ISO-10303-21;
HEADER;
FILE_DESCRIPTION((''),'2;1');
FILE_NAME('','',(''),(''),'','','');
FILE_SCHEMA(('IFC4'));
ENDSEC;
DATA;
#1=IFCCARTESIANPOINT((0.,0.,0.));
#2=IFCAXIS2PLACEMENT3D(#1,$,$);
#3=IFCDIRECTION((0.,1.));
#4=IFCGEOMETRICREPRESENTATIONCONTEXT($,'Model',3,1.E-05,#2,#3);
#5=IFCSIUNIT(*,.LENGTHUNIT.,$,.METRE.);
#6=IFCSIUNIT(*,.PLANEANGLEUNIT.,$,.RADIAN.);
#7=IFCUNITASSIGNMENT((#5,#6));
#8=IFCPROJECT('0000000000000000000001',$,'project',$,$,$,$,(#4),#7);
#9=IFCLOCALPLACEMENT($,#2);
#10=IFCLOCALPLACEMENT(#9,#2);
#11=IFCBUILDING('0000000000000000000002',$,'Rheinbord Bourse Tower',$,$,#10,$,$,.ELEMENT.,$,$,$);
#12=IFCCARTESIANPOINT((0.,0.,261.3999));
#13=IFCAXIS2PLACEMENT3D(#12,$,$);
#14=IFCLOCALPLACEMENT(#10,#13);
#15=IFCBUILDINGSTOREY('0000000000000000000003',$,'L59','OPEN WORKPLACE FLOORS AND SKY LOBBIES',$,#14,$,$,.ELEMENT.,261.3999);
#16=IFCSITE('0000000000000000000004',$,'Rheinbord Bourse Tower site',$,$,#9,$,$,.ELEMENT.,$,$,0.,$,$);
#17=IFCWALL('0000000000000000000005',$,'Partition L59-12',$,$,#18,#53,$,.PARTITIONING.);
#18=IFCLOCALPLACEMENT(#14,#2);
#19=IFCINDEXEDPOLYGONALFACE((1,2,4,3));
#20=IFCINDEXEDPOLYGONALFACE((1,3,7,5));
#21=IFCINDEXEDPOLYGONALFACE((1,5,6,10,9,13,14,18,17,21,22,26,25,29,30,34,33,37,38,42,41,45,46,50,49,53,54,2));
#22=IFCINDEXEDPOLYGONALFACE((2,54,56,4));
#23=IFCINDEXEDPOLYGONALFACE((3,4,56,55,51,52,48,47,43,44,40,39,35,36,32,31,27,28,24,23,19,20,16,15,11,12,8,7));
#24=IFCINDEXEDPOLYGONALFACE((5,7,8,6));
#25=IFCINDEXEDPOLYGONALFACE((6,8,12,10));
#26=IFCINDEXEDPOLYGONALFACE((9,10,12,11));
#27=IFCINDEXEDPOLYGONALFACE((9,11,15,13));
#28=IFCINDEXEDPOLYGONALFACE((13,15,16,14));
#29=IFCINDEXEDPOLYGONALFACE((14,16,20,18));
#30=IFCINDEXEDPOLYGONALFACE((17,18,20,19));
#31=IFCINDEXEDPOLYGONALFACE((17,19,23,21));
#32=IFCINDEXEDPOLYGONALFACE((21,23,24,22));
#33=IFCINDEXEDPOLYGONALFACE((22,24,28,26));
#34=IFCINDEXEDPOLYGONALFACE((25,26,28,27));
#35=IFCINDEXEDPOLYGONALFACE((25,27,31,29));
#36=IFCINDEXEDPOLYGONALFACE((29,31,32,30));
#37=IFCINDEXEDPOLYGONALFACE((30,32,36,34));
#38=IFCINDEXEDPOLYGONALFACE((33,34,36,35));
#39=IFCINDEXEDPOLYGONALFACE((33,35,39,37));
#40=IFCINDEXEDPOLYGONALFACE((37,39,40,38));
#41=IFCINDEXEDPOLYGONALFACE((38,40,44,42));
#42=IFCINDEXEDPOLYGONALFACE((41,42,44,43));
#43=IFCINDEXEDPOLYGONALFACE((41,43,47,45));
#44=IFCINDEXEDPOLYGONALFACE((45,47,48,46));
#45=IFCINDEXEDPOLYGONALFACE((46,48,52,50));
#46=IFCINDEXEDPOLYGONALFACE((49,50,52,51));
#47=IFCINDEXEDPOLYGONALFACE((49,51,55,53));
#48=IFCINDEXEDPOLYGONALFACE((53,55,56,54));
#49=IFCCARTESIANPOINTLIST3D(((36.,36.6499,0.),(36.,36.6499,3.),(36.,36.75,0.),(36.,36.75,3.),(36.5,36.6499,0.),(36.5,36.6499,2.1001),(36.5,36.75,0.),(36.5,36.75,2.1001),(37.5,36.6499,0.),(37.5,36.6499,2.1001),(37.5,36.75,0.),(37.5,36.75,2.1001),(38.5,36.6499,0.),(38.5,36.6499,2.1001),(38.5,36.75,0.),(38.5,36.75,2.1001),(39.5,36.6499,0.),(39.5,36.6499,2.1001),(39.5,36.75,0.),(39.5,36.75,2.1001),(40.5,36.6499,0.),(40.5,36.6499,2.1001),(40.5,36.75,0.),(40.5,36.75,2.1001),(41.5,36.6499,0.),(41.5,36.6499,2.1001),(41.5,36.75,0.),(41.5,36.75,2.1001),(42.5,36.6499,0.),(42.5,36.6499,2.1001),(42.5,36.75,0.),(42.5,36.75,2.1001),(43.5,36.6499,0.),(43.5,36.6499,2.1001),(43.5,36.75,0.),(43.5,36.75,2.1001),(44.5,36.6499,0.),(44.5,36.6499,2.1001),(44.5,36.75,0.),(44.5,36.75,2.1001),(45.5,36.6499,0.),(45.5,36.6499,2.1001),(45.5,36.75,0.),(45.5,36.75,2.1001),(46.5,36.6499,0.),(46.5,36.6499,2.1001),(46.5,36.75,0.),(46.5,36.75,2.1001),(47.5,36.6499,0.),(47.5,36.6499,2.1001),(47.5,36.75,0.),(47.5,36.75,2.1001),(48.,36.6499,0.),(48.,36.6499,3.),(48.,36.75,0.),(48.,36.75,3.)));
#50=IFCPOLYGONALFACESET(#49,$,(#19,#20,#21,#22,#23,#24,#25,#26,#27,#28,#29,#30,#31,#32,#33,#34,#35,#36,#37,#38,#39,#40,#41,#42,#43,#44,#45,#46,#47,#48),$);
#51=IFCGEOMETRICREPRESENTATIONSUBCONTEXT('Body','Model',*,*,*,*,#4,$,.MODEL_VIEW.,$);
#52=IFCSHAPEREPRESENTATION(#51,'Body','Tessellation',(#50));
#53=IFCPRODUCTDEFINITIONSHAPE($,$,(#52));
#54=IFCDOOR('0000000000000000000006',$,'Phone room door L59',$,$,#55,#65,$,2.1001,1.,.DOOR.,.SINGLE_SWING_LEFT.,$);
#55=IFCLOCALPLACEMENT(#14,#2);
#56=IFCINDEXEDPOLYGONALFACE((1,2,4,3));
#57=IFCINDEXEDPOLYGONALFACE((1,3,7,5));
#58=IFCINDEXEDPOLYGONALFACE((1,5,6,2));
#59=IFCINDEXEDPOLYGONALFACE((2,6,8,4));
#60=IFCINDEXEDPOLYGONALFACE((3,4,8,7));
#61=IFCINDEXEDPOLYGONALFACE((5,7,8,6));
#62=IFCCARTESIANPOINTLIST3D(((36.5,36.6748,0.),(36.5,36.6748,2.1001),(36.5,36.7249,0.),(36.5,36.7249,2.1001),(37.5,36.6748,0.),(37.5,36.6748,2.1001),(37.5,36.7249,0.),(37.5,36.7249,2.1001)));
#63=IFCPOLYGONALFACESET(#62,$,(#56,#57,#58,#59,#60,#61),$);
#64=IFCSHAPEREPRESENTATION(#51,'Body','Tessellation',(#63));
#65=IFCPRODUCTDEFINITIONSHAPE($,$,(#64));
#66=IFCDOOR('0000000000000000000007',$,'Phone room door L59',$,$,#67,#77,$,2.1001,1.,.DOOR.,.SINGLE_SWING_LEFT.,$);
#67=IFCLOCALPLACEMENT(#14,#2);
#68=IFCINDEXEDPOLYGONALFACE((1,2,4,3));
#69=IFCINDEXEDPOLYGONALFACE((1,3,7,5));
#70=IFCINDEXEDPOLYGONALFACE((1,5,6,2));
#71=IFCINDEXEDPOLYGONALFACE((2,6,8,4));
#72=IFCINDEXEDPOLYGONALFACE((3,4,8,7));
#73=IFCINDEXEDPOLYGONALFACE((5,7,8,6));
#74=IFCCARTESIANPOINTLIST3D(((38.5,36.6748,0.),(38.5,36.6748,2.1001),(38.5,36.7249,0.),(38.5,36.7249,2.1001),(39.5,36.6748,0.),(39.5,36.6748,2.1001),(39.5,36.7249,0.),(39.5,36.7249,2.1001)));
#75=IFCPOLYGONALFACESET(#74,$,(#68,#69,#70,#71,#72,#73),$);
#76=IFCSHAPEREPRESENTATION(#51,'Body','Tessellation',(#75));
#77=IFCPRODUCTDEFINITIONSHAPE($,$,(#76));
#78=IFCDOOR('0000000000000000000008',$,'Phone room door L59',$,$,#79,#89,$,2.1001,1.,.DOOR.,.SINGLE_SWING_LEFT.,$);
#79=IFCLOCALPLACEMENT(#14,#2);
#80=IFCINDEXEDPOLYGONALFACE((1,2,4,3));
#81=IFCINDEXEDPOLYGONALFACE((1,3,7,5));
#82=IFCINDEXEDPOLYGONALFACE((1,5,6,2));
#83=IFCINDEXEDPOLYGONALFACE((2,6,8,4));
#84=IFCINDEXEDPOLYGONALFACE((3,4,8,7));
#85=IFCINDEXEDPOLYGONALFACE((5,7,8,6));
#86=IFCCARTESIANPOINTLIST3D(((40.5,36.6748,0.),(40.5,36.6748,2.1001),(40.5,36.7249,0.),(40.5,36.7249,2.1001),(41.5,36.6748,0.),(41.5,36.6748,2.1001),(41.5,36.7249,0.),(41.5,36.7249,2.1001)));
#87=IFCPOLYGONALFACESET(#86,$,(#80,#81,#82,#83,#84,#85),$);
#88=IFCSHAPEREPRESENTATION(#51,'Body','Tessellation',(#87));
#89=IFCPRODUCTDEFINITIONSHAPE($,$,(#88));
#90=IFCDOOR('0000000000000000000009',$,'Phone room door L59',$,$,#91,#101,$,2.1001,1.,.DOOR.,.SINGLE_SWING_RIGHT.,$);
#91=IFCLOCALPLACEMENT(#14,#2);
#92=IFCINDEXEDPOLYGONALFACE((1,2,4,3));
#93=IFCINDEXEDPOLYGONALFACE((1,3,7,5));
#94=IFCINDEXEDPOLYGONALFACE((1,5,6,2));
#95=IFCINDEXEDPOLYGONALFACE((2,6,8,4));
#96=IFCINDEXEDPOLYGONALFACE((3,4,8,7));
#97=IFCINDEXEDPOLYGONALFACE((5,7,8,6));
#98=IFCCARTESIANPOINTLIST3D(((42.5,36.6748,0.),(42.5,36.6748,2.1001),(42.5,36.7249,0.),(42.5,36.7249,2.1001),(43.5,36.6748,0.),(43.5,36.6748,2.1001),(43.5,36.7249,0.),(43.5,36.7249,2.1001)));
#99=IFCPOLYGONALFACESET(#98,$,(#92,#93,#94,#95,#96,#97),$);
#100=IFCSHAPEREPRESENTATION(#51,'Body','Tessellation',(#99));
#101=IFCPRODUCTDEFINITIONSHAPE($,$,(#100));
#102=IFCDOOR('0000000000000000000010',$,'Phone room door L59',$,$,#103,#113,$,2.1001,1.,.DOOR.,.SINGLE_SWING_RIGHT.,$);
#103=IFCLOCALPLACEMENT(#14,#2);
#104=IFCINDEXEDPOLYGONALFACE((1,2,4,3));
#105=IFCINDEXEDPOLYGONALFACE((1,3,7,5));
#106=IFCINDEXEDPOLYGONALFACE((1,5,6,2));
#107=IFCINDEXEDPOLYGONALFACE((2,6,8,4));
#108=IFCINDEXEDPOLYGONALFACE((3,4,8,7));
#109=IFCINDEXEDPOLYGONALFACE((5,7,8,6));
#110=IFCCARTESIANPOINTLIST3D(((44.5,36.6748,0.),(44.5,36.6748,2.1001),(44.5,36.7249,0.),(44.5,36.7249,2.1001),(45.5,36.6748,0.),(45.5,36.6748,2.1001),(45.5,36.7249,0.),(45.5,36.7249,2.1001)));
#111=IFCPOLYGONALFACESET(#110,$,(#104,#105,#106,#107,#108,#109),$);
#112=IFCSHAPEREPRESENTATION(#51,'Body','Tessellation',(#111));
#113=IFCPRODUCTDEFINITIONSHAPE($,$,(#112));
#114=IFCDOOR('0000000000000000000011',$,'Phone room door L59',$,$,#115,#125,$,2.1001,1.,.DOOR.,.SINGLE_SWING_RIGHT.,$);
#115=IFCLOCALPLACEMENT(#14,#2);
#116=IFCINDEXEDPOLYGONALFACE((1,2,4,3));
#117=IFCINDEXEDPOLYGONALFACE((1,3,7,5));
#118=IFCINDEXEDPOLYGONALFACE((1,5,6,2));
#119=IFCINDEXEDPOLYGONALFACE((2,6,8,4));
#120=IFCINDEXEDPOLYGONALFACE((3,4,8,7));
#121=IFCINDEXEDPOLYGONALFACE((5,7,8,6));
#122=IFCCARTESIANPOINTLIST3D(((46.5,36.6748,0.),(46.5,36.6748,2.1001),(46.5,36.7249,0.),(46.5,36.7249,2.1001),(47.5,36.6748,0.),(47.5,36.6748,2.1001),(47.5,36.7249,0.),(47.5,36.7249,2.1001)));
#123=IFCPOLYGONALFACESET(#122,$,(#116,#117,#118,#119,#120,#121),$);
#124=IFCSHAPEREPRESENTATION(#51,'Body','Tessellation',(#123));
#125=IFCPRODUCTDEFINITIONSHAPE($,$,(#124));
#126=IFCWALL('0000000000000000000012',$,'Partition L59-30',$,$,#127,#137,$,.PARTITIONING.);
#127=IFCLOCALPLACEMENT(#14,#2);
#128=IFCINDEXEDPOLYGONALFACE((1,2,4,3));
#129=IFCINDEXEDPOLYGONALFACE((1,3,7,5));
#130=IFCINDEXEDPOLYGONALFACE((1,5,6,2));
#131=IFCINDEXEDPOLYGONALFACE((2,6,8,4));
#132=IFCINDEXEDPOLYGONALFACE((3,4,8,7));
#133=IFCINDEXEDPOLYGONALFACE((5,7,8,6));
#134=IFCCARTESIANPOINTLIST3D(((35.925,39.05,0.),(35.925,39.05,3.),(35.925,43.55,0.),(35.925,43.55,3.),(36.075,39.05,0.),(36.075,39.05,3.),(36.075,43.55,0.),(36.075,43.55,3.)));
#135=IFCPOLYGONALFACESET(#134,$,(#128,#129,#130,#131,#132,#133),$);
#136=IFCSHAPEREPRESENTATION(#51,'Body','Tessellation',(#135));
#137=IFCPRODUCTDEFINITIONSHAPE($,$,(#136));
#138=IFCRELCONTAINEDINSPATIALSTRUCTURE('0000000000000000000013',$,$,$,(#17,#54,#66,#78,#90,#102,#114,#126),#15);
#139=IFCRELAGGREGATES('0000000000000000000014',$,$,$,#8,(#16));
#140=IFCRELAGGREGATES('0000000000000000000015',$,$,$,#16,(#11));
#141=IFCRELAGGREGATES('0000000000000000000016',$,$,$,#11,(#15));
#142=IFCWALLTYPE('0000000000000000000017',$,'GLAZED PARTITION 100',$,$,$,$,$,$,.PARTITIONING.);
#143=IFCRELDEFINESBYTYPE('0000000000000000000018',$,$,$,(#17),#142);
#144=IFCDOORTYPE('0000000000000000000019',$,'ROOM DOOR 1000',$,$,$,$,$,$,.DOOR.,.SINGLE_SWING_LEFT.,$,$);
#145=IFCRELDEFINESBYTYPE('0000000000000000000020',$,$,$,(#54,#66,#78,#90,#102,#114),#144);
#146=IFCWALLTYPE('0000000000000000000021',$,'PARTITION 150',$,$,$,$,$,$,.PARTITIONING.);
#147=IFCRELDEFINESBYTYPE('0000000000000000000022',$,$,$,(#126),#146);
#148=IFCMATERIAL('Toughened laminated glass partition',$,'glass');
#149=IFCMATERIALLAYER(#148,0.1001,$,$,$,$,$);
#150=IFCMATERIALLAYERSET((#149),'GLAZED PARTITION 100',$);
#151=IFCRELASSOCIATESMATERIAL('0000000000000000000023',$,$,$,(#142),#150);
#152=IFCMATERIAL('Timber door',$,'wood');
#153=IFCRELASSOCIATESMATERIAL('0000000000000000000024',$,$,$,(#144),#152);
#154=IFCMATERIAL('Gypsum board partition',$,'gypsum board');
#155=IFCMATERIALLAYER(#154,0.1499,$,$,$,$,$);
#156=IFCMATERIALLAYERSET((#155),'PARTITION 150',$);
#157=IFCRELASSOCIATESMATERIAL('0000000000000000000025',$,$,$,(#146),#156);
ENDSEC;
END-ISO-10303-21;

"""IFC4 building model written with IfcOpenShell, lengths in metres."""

from ifc_helpers import new_model, si_unit, direction, frame, frame_2d, origin, place, context, subcontext, project, spatial, rectangle, extrude, material, layer, layer_set, type_object, element, fill, save


model = new_model("IFC4")

# Units and contexts
model_context = context("Model", 3, precision=1e-05, world=origin(), true_north=direction((0.0, 1.0)))
body_context = subcontext(model_context, "Body", "Model", "MODEL_VIEW")
ifc_project = project(units=[si_unit("LENGTHUNIT", "METRE"), si_unit("PLANEANGLEUNIT", "RADIAN")], contexts=[model_context])

# Site, building, storey
site_placement = place(None, origin())
site = spatial("IfcSite", under=ifc_project, at=site_placement, Name="Rheinbord Bourse Tower site", CompositionType="ELEMENT", RefElevation=0.0)
building_placement = place(site_placement, origin())
building = spatial("IfcBuilding", under=site, at=building_placement, Name="Rheinbord Bourse Tower", CompositionType="ELEMENT")
storey_placement = place(building_placement, frame((0.0, 0.0, 261.3999)))
storey = spatial("IfcBuildingStorey", under=building, at=storey_placement, Name="L59", Description="OPEN WORKPLACE FLOORS AND SKY LOBBIES", CompositionType="ELEMENT", Elevation=261.3999)

# Wall, openings, doors
ifc_material_1 = material(Name="Toughened laminated glass partition", Category="glass")
ifc_layer_1 = layer(ifc_material_1, 0.1001)
ifc_layer_set_1 = layer_set([ifc_layer_1], Name="GLAZED PARTITION 100")
wall_type_1 = type_object("IfcWallType", Name="GLAZED PARTITION 100", PredefinedType="PARTITIONING", material=ifc_layer_set_1)
wall_1_placement = place(storey_placement, frame((36.0, 36.7, 0.0), z_axis=(0.0, 0.0, 1.0), x_axis=(1.0, 0.0, 0.0)))
wall_1 = element("IfcWall", 1, at=wall_1_placement, inside=storey, type_object=wall_type_1, Name="Partition L59-12", PredefinedType="PARTITIONING", context=body_context, shape_type="SweptSolid", body=[
    extrude(rectangle(XDim=12.0, YDim=0.1001, at=frame_2d((6.0, 0.0))), origin(), (0.0, 0.0, 1.0), 3.0),
])
opening_1_placement = place(wall_1_placement, frame((0.5, 0.0, 0.0)))
opening_1 = element("IfcOpeningElement", 2, at=opening_1_placement, cuts=wall_1, PredefinedType="OPENING", context=body_context, shape_type="SweptSolid", body=[
    extrude(rectangle(XDim=1.0, YDim=2.1001, at=frame_2d((0.5, 1.05))), frame((0.0, 0.0601, 0.0), z_axis=(0.0, -1.0, 0.0), x_axis=(1.0, 0.0, 0.0)), (0.0, 0.0, 1.0), 0.1201),
])
opening_2_placement = place(wall_1_placement, frame((2.5, 0.0, 0.0)))
opening_2 = element("IfcOpeningElement", 3, at=opening_2_placement, cuts=wall_1, PredefinedType="OPENING", context=body_context, shape_type="SweptSolid", body=[
    extrude(rectangle(XDim=1.0, YDim=2.1001, at=frame_2d((0.5, 1.05))), frame((0.0, 0.0601, 0.0), z_axis=(0.0, -1.0, 0.0), x_axis=(1.0, 0.0, 0.0)), (0.0, 0.0, 1.0), 0.1201),
])
opening_3_placement = place(wall_1_placement, frame((4.5, 0.0, 0.0)))
opening_3 = element("IfcOpeningElement", 4, at=opening_3_placement, cuts=wall_1, PredefinedType="OPENING", context=body_context, shape_type="SweptSolid", body=[
    extrude(rectangle(XDim=1.0, YDim=2.1001, at=frame_2d((0.5, 1.05))), frame((0.0, 0.0601, 0.0), z_axis=(0.0, -1.0, 0.0), x_axis=(1.0, 0.0, 0.0)), (0.0, 0.0, 1.0), 0.1201),
])
opening_4_placement = place(wall_1_placement, frame((6.5, 0.0, 0.0)))
opening_4 = element("IfcOpeningElement", 5, at=opening_4_placement, cuts=wall_1, PredefinedType="OPENING", context=body_context, shape_type="SweptSolid", body=[
    extrude(rectangle(XDim=1.0, YDim=2.1001, at=frame_2d((0.5, 1.05))), frame((0.0, 0.0601, 0.0), z_axis=(0.0, -1.0, 0.0), x_axis=(1.0, 0.0, 0.0)), (0.0, 0.0, 1.0), 0.1201),
])
opening_5_placement = place(wall_1_placement, frame((8.5, 0.0, 0.0)))
opening_5 = element("IfcOpeningElement", 6, at=opening_5_placement, cuts=wall_1, PredefinedType="OPENING", context=body_context, shape_type="SweptSolid", body=[
    extrude(rectangle(XDim=1.0, YDim=2.1001, at=frame_2d((0.5, 1.05))), frame((0.0, 0.0601, 0.0), z_axis=(0.0, -1.0, 0.0), x_axis=(1.0, 0.0, 0.0)), (0.0, 0.0, 1.0), 0.1201),
])
opening_6_placement = place(wall_1_placement, frame((10.5, 0.0, 0.0)))
opening_6 = element("IfcOpeningElement", 7, at=opening_6_placement, cuts=wall_1, PredefinedType="OPENING", context=body_context, shape_type="SweptSolid", body=[
    extrude(rectangle(XDim=1.0, YDim=2.1001, at=frame_2d((0.5, 1.05))), frame((0.0, 0.0601, 0.0), z_axis=(0.0, -1.0, 0.0), x_axis=(1.0, 0.0, 0.0)), (0.0, 0.0, 1.0), 0.1201),
])
ifc_material_2 = material(Name="Timber door", Category="wood")
door_type = type_object("IfcDoorType", Name="ROOM DOOR 1000", OperationType="SINGLE_SWING_LEFT", PredefinedType="DOOR", material=ifc_material_2)
door_1_placement = place(opening_1_placement, origin())
door_1 = element("IfcDoor", 8, at=door_1_placement, inside=storey, type_object=door_type, Name="Phone room door L59", OperationType="SINGLE_SWING_LEFT", OverallHeight=2.1001, OverallWidth=1.0, PredefinedType="DOOR", context=body_context, shape_type="SweptSolid", body=[
    extrude(rectangle(XDim=1.0, YDim=2.1001, at=frame_2d((0.5, 1.05))), frame((0.0, 0.0249, 0.0), z_axis=(0.0, -1.0, 0.0), x_axis=(1.0, 0.0, 0.0)), (0.0, 0.0, 1.0), 0.05),
])
fill(opening_1, door_1)
door_2_placement = place(opening_2_placement, origin())
door_2 = element("IfcDoor", 9, at=door_2_placement, inside=storey, type_object=door_type, Name="Phone room door L59", OperationType="SINGLE_SWING_LEFT", OverallHeight=2.1001, OverallWidth=1.0, PredefinedType="DOOR", context=body_context, shape_type="SweptSolid", body=[
    extrude(rectangle(XDim=1.0, YDim=2.1001, at=frame_2d((0.5, 1.05))), frame((0.0, 0.0249, 0.0), z_axis=(0.0, -1.0, 0.0), x_axis=(1.0, 0.0, 0.0)), (0.0, 0.0, 1.0), 0.05),
])
fill(opening_2, door_2)
door_3_placement = place(opening_3_placement, origin())
door_3 = element("IfcDoor", 10, at=door_3_placement, inside=storey, type_object=door_type, Name="Phone room door L59", OperationType="SINGLE_SWING_LEFT", OverallHeight=2.1001, OverallWidth=1.0, PredefinedType="DOOR", context=body_context, shape_type="SweptSolid", body=[
    extrude(rectangle(XDim=1.0, YDim=2.1001, at=frame_2d((0.5, 1.05))), frame((0.0, 0.0249, 0.0), z_axis=(0.0, -1.0, 0.0), x_axis=(1.0, 0.0, 0.0)), (0.0, 0.0, 1.0), 0.05),
])
fill(opening_3, door_3)
door_4_placement = place(opening_4_placement, origin())
door_4 = element("IfcDoor", 11, at=door_4_placement, inside=storey, type_object=door_type, Name="Phone room door L59", OperationType="SINGLE_SWING_RIGHT", OverallHeight=2.1001, OverallWidth=1.0, PredefinedType="DOOR", context=body_context, shape_type="SweptSolid", body=[
    extrude(rectangle(XDim=1.0, YDim=2.1001, at=frame_2d((0.5, 1.05))), frame((0.0, 0.0249, 0.0), z_axis=(0.0, -1.0, 0.0), x_axis=(1.0, 0.0, 0.0)), (0.0, 0.0, 1.0), 0.05),
])
fill(opening_4, door_4)
door_5_placement = place(opening_5_placement, origin())
door_5 = element("IfcDoor", 12, at=door_5_placement, inside=storey, type_object=door_type, Name="Phone room door L59", OperationType="SINGLE_SWING_RIGHT", OverallHeight=2.1001, OverallWidth=1.0, PredefinedType="DOOR", context=body_context, shape_type="SweptSolid", body=[
    extrude(rectangle(XDim=1.0, YDim=2.1001, at=frame_2d((0.5, 1.05))), frame((0.0, 0.0249, 0.0), z_axis=(0.0, -1.0, 0.0), x_axis=(1.0, 0.0, 0.0)), (0.0, 0.0, 1.0), 0.05),
])
fill(opening_5, door_5)
door_6_placement = place(opening_6_placement, origin())
door_6 = element("IfcDoor", 13, at=door_6_placement, inside=storey, type_object=door_type, Name="Phone room door L59", OperationType="SINGLE_SWING_RIGHT", OverallHeight=2.1001, OverallWidth=1.0, PredefinedType="DOOR", context=body_context, shape_type="SweptSolid", body=[
    extrude(rectangle(XDim=1.0, YDim=2.1001, at=frame_2d((0.5, 1.05))), frame((0.0, 0.0249, 0.0), z_axis=(0.0, -1.0, 0.0), x_axis=(1.0, 0.0, 0.0)), (0.0, 0.0, 1.0), 0.05),
])
fill(opening_6, door_6)

# Wall
ifc_material_3 = material(Name="Gypsum board partition", Category="gypsum board")
ifc_layer_2 = layer(ifc_material_3, 0.1499)
ifc_layer_set_2 = layer_set([ifc_layer_2], Name="PARTITION 150")
wall_type_2 = type_object("IfcWallType", Name="PARTITION 150", PredefinedType="PARTITIONING", material=ifc_layer_set_2)
wall_2_placement = place(storey_placement, frame((36.0, 39.05, 0.0), z_axis=(0.0, 0.0, 1.0), x_axis=(0.0, 1.0, 0.0)))
element("IfcWall", 14, at=wall_2_placement, inside=storey, type_object=wall_type_2, Name="Partition L59-30", PredefinedType="PARTITIONING", context=body_context, shape_type="SweptSolid", body=[
    extrude(rectangle(XDim=4.5, YDim=0.1499, at=frame_2d((2.25, 0.0))), origin(), (0.0, 0.0, 1.0), 3.0),
])

save(model, "model.ifc")
